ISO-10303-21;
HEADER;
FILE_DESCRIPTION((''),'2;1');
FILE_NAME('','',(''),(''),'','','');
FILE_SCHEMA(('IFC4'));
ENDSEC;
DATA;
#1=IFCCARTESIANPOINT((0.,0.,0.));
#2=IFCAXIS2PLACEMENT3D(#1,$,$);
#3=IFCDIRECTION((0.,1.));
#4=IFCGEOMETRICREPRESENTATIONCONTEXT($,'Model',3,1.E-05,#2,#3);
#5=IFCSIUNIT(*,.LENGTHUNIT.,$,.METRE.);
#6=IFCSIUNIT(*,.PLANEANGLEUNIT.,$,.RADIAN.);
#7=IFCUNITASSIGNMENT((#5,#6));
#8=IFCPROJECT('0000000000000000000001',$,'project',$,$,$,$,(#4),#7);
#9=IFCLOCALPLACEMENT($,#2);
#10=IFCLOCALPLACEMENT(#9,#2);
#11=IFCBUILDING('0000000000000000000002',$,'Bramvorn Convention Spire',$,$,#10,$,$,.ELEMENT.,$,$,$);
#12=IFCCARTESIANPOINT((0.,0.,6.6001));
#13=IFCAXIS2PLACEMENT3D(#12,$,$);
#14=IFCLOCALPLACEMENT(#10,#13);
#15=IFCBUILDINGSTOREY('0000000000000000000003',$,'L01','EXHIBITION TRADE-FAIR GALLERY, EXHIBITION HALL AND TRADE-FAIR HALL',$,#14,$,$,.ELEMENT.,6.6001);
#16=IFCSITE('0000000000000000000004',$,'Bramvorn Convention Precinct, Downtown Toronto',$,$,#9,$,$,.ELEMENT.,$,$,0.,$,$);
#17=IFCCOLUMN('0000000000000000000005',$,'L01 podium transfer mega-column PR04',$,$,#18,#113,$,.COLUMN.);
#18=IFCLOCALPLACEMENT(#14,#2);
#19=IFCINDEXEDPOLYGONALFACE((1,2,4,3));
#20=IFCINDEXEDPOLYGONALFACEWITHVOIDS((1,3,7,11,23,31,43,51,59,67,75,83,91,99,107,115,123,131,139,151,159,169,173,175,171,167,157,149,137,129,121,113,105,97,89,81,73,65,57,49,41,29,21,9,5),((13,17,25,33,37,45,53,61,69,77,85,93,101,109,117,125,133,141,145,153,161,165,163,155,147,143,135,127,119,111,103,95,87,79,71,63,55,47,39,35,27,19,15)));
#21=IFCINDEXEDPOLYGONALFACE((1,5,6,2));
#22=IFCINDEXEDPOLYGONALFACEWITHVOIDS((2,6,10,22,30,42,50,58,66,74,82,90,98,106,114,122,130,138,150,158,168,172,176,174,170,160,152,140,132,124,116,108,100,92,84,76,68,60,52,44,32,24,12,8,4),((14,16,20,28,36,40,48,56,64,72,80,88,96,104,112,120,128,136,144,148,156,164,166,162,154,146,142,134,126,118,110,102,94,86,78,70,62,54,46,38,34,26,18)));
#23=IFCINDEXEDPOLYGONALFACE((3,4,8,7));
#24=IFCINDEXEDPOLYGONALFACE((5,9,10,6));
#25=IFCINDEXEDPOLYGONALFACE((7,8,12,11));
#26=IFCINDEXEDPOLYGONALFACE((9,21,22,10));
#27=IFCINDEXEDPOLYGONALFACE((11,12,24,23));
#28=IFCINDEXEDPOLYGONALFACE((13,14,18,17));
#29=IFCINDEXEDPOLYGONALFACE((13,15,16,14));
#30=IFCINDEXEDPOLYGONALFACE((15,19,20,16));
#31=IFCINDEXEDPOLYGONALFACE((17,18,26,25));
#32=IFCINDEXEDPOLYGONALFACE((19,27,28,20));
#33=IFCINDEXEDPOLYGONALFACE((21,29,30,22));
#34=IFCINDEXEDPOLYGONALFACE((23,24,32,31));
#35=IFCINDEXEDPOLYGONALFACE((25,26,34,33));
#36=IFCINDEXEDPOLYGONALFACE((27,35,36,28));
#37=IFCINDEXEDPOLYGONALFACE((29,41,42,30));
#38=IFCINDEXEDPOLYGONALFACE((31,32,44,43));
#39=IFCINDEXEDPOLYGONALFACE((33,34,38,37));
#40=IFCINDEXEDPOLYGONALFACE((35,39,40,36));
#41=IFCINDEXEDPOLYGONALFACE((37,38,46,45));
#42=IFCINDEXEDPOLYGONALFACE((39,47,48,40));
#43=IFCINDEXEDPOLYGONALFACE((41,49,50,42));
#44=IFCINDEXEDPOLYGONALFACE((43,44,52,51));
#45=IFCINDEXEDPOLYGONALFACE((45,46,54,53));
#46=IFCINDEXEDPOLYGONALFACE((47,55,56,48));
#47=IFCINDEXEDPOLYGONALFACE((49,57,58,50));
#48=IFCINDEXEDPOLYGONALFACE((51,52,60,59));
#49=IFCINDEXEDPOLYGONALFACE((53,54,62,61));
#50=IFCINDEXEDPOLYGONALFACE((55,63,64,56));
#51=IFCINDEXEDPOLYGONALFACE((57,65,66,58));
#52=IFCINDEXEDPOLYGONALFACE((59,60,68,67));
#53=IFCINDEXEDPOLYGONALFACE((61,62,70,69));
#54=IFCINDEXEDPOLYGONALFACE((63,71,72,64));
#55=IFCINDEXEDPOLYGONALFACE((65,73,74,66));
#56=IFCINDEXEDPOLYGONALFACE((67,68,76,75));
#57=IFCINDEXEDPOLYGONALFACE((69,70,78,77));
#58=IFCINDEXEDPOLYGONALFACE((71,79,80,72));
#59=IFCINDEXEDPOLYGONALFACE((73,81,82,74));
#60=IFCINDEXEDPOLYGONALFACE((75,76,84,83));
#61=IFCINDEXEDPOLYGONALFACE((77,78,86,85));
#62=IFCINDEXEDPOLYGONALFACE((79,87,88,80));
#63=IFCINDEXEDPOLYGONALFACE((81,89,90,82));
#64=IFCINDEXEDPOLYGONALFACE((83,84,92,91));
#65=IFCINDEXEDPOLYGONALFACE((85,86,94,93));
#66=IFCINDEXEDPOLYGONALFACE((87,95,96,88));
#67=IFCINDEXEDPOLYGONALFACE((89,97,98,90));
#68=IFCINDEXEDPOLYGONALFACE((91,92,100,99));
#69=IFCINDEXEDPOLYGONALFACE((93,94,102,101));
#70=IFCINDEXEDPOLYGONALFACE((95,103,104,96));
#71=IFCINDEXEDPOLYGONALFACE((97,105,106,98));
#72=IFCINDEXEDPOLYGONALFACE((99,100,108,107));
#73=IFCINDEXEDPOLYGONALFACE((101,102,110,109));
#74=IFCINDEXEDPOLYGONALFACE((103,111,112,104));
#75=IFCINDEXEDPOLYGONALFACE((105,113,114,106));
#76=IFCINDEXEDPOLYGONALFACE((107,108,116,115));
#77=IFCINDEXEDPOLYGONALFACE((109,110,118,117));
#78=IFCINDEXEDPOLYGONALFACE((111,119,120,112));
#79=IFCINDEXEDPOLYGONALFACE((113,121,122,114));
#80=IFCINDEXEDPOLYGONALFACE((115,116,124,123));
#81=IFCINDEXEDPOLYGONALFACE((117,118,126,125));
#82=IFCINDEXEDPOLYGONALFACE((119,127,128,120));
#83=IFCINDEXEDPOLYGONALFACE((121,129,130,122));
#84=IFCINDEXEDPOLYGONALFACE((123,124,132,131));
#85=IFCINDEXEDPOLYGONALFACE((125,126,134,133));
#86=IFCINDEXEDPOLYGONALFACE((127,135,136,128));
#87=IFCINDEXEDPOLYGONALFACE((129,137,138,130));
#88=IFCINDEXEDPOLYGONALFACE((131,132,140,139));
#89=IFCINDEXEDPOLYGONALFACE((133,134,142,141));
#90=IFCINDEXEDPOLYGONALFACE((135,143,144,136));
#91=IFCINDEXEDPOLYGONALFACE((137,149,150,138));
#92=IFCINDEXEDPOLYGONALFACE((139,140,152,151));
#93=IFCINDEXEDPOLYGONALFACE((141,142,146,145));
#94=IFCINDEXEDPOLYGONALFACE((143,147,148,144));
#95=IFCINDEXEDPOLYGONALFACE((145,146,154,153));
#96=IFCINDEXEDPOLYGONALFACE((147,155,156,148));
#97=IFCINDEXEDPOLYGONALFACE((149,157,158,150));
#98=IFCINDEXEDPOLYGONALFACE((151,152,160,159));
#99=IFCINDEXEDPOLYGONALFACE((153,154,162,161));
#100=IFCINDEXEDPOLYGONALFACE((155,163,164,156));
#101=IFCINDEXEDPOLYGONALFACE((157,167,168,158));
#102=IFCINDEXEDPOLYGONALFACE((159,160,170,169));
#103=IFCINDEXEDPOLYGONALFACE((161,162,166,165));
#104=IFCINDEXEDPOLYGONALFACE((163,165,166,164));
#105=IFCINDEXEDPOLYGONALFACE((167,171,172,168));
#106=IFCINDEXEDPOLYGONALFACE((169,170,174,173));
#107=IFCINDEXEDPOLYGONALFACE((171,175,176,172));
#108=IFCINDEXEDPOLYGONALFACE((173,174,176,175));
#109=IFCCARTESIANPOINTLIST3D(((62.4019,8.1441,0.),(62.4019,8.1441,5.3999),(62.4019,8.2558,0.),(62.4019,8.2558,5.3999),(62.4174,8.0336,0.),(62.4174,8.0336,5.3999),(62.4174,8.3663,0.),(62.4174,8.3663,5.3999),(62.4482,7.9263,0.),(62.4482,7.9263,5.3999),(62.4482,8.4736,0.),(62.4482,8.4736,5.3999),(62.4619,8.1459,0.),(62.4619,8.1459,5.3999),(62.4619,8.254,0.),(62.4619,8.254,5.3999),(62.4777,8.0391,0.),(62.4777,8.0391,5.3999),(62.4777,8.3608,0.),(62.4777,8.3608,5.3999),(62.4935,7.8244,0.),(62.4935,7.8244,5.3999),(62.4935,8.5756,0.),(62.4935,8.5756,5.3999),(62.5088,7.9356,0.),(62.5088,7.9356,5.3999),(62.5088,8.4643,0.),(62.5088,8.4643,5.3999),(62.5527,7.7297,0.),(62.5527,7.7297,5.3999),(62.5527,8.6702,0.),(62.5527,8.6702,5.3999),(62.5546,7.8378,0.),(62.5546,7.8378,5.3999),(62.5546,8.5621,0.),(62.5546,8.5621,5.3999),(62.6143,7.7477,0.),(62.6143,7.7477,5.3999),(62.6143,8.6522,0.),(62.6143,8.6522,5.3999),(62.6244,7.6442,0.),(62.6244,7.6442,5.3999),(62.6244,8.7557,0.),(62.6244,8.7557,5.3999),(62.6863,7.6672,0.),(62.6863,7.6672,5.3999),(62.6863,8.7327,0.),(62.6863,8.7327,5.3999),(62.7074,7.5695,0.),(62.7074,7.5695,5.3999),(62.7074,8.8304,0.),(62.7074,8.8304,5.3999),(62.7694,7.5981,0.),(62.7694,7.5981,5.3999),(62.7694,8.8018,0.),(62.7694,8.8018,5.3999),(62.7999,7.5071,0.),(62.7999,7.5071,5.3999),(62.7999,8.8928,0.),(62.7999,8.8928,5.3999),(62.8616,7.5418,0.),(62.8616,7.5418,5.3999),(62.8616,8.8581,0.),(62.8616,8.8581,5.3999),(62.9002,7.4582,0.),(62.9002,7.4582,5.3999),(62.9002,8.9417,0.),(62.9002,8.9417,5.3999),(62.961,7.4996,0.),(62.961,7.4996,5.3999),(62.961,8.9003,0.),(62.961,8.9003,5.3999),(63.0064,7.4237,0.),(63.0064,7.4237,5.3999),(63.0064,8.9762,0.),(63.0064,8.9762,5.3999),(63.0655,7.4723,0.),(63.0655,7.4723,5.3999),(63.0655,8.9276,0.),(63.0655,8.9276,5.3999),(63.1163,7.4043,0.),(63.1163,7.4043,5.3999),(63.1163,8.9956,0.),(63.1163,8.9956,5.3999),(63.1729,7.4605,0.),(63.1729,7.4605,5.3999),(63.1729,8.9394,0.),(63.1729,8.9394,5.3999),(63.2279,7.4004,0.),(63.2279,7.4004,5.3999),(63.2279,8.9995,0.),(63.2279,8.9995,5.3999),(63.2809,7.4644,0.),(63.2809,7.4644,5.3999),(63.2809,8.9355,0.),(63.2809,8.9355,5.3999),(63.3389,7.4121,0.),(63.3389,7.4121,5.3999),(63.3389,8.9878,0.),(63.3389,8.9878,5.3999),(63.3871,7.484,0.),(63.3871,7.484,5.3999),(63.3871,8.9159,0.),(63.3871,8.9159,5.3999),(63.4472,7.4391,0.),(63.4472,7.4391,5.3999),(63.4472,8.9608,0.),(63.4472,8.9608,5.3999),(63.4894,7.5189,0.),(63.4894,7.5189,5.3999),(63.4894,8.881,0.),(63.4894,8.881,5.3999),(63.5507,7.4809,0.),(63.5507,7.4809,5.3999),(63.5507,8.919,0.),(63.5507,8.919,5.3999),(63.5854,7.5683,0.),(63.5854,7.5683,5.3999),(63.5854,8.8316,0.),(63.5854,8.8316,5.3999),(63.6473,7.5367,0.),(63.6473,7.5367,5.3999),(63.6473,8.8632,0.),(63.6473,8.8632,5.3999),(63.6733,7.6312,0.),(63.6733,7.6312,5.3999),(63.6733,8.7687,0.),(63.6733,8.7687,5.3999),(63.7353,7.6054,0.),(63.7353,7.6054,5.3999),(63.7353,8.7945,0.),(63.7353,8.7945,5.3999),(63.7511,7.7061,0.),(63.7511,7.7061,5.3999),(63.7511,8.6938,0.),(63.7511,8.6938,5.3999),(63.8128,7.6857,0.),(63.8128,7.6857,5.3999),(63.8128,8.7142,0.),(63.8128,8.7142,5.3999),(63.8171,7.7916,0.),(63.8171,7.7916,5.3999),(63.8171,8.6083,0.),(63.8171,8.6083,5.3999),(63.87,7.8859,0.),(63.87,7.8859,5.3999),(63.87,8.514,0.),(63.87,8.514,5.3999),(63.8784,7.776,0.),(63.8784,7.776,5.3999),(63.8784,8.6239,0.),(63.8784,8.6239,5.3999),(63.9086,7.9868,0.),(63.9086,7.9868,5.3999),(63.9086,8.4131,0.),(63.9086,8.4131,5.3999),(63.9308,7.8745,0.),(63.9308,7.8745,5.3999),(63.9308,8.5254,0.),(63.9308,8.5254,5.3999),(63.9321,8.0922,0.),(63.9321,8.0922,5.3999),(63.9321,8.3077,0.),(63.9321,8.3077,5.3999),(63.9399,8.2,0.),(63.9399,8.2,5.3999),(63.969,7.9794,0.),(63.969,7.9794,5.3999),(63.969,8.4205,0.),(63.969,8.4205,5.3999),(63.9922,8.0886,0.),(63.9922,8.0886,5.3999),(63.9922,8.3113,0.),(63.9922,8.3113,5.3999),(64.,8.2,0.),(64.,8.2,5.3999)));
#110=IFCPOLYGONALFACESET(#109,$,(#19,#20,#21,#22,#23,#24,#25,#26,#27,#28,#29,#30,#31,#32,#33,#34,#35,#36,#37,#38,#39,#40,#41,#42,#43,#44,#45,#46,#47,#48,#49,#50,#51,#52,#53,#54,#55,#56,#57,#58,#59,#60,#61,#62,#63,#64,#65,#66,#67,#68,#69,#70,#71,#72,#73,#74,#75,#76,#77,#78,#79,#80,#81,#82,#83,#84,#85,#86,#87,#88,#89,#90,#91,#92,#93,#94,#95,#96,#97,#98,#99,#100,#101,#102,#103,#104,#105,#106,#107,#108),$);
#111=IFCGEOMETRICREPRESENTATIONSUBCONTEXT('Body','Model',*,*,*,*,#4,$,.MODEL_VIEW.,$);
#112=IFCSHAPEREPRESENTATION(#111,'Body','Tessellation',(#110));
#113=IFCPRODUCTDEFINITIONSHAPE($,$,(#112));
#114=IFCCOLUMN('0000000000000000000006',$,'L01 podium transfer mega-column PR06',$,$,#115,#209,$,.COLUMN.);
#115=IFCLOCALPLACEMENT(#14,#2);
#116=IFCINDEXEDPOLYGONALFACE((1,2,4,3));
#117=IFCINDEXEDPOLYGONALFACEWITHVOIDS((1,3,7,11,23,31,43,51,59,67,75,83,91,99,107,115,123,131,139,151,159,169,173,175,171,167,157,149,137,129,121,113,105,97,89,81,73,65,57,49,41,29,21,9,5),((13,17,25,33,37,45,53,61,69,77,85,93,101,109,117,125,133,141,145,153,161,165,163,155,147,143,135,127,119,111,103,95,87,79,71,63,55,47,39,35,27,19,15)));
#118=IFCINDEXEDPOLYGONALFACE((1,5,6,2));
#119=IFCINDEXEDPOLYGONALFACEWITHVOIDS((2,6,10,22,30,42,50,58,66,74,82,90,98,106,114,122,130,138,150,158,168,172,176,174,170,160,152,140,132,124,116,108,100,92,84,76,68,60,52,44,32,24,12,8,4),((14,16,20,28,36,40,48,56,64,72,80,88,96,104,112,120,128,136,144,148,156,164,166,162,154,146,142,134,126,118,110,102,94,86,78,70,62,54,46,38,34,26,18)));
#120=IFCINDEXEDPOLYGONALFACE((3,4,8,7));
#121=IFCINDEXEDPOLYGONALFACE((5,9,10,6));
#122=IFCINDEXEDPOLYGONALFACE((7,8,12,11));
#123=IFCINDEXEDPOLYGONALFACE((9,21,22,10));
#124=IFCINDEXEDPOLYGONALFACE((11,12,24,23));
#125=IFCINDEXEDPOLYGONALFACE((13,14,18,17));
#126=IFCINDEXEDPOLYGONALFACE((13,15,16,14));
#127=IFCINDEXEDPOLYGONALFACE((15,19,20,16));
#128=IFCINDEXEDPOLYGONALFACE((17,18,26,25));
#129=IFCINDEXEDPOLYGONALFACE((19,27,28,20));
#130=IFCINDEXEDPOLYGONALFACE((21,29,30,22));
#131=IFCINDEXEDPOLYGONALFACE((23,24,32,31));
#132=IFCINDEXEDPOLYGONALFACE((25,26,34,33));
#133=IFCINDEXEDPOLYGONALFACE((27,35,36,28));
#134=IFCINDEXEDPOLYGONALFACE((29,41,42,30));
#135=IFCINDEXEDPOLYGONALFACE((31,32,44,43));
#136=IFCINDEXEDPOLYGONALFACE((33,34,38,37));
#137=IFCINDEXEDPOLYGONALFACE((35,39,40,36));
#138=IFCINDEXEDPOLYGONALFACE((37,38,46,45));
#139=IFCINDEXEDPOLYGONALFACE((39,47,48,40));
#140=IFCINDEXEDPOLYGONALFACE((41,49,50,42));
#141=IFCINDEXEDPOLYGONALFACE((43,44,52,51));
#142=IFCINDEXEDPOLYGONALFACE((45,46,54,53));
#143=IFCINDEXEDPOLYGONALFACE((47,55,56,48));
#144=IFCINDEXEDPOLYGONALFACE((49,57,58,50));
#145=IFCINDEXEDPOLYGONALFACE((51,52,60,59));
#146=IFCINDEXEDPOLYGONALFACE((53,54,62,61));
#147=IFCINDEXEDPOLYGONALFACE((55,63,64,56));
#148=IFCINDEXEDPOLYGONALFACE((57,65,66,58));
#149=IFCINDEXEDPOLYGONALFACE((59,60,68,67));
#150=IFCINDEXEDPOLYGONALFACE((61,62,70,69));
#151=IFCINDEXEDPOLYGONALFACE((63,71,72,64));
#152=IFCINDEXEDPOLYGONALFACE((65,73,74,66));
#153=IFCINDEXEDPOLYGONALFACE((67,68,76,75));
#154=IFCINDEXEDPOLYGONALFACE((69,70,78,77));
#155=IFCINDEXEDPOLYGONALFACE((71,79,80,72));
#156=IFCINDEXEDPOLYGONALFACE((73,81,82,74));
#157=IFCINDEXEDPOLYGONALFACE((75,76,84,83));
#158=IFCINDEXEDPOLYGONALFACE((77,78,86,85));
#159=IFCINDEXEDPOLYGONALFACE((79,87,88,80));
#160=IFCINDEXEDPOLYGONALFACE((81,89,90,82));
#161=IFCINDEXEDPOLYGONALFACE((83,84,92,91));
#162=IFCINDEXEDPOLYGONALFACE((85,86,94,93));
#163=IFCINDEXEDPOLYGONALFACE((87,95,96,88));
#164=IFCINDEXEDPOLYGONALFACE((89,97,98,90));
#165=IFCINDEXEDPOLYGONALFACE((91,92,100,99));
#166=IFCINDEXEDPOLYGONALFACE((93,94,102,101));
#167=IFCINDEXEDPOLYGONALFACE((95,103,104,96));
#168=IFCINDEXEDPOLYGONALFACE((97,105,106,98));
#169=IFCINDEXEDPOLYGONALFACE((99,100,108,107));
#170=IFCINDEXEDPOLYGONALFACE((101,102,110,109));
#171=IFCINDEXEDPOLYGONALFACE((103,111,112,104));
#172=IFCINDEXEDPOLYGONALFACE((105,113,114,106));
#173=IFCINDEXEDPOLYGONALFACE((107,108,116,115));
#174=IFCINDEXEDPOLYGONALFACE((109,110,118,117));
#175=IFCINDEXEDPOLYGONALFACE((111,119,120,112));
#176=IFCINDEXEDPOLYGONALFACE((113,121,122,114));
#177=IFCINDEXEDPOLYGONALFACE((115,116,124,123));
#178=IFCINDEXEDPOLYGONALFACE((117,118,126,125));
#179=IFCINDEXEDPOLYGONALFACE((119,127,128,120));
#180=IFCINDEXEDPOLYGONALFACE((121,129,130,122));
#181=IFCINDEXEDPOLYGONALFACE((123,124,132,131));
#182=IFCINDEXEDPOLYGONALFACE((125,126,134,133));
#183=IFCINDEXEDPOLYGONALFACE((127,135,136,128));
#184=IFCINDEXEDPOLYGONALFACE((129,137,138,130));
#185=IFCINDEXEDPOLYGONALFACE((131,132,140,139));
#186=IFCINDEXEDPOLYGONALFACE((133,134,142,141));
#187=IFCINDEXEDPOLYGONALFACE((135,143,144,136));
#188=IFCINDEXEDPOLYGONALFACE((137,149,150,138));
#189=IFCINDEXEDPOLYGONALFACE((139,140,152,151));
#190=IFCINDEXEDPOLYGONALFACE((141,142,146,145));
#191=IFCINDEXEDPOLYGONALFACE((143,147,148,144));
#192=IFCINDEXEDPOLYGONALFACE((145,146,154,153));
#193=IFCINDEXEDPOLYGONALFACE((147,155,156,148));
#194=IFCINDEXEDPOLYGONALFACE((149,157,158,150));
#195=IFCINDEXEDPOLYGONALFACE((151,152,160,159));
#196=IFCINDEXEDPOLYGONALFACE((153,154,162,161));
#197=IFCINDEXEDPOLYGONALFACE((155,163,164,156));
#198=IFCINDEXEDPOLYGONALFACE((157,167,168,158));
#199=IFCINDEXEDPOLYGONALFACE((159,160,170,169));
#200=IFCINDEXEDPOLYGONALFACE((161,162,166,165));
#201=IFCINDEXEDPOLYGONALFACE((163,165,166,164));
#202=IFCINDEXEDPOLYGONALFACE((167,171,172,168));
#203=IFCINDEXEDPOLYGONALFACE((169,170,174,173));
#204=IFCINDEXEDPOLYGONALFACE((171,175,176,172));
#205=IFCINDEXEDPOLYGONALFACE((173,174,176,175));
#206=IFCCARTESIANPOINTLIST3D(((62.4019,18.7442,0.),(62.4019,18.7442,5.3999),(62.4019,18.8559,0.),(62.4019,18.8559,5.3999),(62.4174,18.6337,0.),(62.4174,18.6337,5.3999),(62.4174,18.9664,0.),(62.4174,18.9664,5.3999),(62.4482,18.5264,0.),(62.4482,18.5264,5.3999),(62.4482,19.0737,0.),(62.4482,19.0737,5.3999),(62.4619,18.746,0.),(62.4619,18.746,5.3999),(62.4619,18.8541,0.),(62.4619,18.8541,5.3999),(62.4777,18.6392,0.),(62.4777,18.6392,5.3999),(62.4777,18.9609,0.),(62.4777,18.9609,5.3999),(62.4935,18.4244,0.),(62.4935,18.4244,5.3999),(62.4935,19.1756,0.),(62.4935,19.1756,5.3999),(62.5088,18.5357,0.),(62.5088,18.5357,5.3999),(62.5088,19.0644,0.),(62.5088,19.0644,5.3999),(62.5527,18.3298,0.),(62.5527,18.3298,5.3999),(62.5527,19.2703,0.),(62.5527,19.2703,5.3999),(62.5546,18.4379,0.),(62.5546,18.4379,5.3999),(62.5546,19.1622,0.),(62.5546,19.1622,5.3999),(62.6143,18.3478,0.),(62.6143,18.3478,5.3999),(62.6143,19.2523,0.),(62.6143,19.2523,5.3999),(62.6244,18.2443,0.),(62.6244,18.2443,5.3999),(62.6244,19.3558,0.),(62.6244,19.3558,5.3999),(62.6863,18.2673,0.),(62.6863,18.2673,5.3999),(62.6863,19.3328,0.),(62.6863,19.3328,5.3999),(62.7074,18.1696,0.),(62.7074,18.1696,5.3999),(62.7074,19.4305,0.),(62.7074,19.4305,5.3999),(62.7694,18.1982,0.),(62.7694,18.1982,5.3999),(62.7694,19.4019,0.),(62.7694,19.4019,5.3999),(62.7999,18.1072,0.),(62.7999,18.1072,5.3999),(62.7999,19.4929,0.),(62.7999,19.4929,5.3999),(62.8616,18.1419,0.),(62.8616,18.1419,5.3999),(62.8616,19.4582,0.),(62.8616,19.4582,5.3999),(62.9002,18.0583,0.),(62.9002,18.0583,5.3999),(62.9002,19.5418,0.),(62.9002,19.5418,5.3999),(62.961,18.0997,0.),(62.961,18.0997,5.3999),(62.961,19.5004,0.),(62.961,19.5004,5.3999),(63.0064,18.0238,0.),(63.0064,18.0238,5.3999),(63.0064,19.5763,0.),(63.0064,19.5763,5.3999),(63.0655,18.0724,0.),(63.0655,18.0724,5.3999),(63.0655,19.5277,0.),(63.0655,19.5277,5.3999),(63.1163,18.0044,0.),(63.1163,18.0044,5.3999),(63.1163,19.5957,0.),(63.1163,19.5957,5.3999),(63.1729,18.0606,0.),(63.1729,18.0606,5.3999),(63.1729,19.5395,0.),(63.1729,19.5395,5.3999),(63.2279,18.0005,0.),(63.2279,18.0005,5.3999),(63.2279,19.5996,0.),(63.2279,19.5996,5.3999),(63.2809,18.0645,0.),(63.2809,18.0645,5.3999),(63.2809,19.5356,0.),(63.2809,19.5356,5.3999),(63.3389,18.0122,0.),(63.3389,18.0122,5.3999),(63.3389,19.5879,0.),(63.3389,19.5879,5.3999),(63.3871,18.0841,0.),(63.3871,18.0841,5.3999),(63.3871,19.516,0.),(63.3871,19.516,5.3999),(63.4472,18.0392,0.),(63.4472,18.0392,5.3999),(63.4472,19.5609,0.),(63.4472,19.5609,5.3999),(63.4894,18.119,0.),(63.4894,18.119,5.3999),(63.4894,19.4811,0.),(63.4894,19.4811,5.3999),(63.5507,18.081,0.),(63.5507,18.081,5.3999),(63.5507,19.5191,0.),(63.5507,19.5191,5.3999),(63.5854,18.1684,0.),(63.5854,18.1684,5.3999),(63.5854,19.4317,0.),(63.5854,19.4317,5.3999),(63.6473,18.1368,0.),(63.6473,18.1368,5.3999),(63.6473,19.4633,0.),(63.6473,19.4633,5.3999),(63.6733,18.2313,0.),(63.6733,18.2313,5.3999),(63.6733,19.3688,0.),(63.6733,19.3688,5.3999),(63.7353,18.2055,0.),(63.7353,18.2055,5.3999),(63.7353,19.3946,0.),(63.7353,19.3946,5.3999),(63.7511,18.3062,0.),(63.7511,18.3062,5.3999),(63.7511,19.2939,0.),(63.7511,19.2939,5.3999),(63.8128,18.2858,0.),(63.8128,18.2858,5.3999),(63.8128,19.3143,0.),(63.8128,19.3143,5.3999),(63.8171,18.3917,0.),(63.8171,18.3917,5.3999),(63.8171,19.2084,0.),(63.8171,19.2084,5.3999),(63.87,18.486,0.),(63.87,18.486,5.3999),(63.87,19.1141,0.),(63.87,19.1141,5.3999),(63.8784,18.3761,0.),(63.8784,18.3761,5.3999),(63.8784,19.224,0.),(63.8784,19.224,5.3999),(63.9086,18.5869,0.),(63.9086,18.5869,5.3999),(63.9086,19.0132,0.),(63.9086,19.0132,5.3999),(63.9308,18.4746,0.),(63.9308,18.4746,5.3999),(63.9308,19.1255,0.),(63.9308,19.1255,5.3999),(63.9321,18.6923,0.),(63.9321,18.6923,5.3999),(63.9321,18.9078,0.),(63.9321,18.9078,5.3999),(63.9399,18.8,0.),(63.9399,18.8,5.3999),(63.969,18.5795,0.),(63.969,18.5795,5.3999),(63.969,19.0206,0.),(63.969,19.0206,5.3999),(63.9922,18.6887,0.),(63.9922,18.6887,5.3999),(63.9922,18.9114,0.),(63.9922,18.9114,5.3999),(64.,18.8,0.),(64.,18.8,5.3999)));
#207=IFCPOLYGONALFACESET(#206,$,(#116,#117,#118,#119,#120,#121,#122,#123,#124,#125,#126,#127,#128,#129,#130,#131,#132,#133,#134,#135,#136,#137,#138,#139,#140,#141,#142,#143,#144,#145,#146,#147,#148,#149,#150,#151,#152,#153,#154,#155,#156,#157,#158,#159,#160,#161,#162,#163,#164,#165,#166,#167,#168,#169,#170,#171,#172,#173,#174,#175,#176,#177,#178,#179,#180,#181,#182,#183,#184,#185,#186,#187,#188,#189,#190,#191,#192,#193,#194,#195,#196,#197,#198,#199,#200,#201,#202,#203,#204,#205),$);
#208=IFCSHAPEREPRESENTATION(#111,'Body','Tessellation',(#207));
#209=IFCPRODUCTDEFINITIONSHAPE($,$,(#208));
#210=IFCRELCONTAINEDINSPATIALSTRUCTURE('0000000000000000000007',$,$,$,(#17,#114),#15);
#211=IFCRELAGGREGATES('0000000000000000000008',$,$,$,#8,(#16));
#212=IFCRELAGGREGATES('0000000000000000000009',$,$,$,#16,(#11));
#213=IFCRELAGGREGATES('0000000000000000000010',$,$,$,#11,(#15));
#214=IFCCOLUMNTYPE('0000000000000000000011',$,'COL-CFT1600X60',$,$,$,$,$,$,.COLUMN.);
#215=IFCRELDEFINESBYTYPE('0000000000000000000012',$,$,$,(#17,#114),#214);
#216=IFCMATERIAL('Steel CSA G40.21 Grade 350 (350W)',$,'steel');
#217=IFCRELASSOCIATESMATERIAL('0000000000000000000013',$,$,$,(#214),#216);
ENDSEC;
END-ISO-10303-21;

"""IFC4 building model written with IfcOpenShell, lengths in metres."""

from ifc_helpers import new_model, si_unit, direction, frame, origin, origin_2d, place, context, subcontext, project, spatial, hollow_circle, extrude, material, material_profile, profile_set, type_object, element, save


model = new_model("IFC4")

# Units and contexts
model_context = context("Model", 3, precision=1e-05, world=origin(), true_north=direction((0.0, 1.0)))
body_context = subcontext(model_context, "Body", "Model", "MODEL_VIEW")
ifc_project = project(units=[si_unit("LENGTHUNIT", "METRE"), si_unit("PLANEANGLEUNIT", "RADIAN")], contexts=[model_context])

# Site, building, storey
site_placement = place(None, origin())
site = spatial("IfcSite", under=ifc_project, at=site_placement, Name="Bramvorn Convention Precinct, Downtown Toronto", CompositionType="ELEMENT", RefElevation=0.0)
building_placement = place(site_placement, origin())
building = spatial("IfcBuilding", under=site, at=building_placement, Name="Bramvorn Convention Spire", CompositionType="ELEMENT")
storey_placement = place(building_placement, frame((0.0, 0.0, 6.6001)))
storey = spatial("IfcBuildingStorey", under=building, at=storey_placement, Name="L01", Description="EXHIBITION TRADE-FAIR GALLERY, EXHIBITION HALL AND TRADE-FAIR HALL", CompositionType="ELEMENT", Elevation=6.6001)

# Columns
ifc_material_1 = material(Name="Steel CSA G40.21 Grade 350 (350W)", Category="steel")
ifc_material_profile_1 = material_profile(ifc_material_1, hollow_circle(Radius=0.8, WallThickness=0.0601, at=origin_2d()))
ifc_profile_set_1 = profile_set([ifc_material_profile_1], Name="Steel CSA G40.21 Grade 350 (350W) - CFT1600X60")
column_type_1 = type_object("IfcColumnType", Name="COL-CFT1600X60", PredefinedType="COLUMN", material=ifc_profile_set_1)
for number, where, z_axis, x_axis, name in (
    (1, (63.2, 8.2, 0.0), (0.0, 0.0, 1.0), (1.0, 0.0, 0.0), "L01 podium transfer mega-column PR04"),
    (2, (63.2, 18.8, 0.0), (0.0, 0.0, 1.0), (1.0, 0.0, 0.0), "L01 podium transfer mega-column PR06"),
):
    element("IfcColumn", number, at=place(storey_placement, frame(where, z_axis=z_axis, x_axis=x_axis)), inside=storey, type_object=column_type_1, Name=name, PredefinedType="COLUMN", context=body_context, shape_type="SweptSolid", body=[
        extrude(hollow_circle(Radius=0.8, WallThickness=0.0601, at=origin_2d()), origin(), (0.0, 0.0, 1.0), 5.3999),
    ])

save(model, "model.ifc")
